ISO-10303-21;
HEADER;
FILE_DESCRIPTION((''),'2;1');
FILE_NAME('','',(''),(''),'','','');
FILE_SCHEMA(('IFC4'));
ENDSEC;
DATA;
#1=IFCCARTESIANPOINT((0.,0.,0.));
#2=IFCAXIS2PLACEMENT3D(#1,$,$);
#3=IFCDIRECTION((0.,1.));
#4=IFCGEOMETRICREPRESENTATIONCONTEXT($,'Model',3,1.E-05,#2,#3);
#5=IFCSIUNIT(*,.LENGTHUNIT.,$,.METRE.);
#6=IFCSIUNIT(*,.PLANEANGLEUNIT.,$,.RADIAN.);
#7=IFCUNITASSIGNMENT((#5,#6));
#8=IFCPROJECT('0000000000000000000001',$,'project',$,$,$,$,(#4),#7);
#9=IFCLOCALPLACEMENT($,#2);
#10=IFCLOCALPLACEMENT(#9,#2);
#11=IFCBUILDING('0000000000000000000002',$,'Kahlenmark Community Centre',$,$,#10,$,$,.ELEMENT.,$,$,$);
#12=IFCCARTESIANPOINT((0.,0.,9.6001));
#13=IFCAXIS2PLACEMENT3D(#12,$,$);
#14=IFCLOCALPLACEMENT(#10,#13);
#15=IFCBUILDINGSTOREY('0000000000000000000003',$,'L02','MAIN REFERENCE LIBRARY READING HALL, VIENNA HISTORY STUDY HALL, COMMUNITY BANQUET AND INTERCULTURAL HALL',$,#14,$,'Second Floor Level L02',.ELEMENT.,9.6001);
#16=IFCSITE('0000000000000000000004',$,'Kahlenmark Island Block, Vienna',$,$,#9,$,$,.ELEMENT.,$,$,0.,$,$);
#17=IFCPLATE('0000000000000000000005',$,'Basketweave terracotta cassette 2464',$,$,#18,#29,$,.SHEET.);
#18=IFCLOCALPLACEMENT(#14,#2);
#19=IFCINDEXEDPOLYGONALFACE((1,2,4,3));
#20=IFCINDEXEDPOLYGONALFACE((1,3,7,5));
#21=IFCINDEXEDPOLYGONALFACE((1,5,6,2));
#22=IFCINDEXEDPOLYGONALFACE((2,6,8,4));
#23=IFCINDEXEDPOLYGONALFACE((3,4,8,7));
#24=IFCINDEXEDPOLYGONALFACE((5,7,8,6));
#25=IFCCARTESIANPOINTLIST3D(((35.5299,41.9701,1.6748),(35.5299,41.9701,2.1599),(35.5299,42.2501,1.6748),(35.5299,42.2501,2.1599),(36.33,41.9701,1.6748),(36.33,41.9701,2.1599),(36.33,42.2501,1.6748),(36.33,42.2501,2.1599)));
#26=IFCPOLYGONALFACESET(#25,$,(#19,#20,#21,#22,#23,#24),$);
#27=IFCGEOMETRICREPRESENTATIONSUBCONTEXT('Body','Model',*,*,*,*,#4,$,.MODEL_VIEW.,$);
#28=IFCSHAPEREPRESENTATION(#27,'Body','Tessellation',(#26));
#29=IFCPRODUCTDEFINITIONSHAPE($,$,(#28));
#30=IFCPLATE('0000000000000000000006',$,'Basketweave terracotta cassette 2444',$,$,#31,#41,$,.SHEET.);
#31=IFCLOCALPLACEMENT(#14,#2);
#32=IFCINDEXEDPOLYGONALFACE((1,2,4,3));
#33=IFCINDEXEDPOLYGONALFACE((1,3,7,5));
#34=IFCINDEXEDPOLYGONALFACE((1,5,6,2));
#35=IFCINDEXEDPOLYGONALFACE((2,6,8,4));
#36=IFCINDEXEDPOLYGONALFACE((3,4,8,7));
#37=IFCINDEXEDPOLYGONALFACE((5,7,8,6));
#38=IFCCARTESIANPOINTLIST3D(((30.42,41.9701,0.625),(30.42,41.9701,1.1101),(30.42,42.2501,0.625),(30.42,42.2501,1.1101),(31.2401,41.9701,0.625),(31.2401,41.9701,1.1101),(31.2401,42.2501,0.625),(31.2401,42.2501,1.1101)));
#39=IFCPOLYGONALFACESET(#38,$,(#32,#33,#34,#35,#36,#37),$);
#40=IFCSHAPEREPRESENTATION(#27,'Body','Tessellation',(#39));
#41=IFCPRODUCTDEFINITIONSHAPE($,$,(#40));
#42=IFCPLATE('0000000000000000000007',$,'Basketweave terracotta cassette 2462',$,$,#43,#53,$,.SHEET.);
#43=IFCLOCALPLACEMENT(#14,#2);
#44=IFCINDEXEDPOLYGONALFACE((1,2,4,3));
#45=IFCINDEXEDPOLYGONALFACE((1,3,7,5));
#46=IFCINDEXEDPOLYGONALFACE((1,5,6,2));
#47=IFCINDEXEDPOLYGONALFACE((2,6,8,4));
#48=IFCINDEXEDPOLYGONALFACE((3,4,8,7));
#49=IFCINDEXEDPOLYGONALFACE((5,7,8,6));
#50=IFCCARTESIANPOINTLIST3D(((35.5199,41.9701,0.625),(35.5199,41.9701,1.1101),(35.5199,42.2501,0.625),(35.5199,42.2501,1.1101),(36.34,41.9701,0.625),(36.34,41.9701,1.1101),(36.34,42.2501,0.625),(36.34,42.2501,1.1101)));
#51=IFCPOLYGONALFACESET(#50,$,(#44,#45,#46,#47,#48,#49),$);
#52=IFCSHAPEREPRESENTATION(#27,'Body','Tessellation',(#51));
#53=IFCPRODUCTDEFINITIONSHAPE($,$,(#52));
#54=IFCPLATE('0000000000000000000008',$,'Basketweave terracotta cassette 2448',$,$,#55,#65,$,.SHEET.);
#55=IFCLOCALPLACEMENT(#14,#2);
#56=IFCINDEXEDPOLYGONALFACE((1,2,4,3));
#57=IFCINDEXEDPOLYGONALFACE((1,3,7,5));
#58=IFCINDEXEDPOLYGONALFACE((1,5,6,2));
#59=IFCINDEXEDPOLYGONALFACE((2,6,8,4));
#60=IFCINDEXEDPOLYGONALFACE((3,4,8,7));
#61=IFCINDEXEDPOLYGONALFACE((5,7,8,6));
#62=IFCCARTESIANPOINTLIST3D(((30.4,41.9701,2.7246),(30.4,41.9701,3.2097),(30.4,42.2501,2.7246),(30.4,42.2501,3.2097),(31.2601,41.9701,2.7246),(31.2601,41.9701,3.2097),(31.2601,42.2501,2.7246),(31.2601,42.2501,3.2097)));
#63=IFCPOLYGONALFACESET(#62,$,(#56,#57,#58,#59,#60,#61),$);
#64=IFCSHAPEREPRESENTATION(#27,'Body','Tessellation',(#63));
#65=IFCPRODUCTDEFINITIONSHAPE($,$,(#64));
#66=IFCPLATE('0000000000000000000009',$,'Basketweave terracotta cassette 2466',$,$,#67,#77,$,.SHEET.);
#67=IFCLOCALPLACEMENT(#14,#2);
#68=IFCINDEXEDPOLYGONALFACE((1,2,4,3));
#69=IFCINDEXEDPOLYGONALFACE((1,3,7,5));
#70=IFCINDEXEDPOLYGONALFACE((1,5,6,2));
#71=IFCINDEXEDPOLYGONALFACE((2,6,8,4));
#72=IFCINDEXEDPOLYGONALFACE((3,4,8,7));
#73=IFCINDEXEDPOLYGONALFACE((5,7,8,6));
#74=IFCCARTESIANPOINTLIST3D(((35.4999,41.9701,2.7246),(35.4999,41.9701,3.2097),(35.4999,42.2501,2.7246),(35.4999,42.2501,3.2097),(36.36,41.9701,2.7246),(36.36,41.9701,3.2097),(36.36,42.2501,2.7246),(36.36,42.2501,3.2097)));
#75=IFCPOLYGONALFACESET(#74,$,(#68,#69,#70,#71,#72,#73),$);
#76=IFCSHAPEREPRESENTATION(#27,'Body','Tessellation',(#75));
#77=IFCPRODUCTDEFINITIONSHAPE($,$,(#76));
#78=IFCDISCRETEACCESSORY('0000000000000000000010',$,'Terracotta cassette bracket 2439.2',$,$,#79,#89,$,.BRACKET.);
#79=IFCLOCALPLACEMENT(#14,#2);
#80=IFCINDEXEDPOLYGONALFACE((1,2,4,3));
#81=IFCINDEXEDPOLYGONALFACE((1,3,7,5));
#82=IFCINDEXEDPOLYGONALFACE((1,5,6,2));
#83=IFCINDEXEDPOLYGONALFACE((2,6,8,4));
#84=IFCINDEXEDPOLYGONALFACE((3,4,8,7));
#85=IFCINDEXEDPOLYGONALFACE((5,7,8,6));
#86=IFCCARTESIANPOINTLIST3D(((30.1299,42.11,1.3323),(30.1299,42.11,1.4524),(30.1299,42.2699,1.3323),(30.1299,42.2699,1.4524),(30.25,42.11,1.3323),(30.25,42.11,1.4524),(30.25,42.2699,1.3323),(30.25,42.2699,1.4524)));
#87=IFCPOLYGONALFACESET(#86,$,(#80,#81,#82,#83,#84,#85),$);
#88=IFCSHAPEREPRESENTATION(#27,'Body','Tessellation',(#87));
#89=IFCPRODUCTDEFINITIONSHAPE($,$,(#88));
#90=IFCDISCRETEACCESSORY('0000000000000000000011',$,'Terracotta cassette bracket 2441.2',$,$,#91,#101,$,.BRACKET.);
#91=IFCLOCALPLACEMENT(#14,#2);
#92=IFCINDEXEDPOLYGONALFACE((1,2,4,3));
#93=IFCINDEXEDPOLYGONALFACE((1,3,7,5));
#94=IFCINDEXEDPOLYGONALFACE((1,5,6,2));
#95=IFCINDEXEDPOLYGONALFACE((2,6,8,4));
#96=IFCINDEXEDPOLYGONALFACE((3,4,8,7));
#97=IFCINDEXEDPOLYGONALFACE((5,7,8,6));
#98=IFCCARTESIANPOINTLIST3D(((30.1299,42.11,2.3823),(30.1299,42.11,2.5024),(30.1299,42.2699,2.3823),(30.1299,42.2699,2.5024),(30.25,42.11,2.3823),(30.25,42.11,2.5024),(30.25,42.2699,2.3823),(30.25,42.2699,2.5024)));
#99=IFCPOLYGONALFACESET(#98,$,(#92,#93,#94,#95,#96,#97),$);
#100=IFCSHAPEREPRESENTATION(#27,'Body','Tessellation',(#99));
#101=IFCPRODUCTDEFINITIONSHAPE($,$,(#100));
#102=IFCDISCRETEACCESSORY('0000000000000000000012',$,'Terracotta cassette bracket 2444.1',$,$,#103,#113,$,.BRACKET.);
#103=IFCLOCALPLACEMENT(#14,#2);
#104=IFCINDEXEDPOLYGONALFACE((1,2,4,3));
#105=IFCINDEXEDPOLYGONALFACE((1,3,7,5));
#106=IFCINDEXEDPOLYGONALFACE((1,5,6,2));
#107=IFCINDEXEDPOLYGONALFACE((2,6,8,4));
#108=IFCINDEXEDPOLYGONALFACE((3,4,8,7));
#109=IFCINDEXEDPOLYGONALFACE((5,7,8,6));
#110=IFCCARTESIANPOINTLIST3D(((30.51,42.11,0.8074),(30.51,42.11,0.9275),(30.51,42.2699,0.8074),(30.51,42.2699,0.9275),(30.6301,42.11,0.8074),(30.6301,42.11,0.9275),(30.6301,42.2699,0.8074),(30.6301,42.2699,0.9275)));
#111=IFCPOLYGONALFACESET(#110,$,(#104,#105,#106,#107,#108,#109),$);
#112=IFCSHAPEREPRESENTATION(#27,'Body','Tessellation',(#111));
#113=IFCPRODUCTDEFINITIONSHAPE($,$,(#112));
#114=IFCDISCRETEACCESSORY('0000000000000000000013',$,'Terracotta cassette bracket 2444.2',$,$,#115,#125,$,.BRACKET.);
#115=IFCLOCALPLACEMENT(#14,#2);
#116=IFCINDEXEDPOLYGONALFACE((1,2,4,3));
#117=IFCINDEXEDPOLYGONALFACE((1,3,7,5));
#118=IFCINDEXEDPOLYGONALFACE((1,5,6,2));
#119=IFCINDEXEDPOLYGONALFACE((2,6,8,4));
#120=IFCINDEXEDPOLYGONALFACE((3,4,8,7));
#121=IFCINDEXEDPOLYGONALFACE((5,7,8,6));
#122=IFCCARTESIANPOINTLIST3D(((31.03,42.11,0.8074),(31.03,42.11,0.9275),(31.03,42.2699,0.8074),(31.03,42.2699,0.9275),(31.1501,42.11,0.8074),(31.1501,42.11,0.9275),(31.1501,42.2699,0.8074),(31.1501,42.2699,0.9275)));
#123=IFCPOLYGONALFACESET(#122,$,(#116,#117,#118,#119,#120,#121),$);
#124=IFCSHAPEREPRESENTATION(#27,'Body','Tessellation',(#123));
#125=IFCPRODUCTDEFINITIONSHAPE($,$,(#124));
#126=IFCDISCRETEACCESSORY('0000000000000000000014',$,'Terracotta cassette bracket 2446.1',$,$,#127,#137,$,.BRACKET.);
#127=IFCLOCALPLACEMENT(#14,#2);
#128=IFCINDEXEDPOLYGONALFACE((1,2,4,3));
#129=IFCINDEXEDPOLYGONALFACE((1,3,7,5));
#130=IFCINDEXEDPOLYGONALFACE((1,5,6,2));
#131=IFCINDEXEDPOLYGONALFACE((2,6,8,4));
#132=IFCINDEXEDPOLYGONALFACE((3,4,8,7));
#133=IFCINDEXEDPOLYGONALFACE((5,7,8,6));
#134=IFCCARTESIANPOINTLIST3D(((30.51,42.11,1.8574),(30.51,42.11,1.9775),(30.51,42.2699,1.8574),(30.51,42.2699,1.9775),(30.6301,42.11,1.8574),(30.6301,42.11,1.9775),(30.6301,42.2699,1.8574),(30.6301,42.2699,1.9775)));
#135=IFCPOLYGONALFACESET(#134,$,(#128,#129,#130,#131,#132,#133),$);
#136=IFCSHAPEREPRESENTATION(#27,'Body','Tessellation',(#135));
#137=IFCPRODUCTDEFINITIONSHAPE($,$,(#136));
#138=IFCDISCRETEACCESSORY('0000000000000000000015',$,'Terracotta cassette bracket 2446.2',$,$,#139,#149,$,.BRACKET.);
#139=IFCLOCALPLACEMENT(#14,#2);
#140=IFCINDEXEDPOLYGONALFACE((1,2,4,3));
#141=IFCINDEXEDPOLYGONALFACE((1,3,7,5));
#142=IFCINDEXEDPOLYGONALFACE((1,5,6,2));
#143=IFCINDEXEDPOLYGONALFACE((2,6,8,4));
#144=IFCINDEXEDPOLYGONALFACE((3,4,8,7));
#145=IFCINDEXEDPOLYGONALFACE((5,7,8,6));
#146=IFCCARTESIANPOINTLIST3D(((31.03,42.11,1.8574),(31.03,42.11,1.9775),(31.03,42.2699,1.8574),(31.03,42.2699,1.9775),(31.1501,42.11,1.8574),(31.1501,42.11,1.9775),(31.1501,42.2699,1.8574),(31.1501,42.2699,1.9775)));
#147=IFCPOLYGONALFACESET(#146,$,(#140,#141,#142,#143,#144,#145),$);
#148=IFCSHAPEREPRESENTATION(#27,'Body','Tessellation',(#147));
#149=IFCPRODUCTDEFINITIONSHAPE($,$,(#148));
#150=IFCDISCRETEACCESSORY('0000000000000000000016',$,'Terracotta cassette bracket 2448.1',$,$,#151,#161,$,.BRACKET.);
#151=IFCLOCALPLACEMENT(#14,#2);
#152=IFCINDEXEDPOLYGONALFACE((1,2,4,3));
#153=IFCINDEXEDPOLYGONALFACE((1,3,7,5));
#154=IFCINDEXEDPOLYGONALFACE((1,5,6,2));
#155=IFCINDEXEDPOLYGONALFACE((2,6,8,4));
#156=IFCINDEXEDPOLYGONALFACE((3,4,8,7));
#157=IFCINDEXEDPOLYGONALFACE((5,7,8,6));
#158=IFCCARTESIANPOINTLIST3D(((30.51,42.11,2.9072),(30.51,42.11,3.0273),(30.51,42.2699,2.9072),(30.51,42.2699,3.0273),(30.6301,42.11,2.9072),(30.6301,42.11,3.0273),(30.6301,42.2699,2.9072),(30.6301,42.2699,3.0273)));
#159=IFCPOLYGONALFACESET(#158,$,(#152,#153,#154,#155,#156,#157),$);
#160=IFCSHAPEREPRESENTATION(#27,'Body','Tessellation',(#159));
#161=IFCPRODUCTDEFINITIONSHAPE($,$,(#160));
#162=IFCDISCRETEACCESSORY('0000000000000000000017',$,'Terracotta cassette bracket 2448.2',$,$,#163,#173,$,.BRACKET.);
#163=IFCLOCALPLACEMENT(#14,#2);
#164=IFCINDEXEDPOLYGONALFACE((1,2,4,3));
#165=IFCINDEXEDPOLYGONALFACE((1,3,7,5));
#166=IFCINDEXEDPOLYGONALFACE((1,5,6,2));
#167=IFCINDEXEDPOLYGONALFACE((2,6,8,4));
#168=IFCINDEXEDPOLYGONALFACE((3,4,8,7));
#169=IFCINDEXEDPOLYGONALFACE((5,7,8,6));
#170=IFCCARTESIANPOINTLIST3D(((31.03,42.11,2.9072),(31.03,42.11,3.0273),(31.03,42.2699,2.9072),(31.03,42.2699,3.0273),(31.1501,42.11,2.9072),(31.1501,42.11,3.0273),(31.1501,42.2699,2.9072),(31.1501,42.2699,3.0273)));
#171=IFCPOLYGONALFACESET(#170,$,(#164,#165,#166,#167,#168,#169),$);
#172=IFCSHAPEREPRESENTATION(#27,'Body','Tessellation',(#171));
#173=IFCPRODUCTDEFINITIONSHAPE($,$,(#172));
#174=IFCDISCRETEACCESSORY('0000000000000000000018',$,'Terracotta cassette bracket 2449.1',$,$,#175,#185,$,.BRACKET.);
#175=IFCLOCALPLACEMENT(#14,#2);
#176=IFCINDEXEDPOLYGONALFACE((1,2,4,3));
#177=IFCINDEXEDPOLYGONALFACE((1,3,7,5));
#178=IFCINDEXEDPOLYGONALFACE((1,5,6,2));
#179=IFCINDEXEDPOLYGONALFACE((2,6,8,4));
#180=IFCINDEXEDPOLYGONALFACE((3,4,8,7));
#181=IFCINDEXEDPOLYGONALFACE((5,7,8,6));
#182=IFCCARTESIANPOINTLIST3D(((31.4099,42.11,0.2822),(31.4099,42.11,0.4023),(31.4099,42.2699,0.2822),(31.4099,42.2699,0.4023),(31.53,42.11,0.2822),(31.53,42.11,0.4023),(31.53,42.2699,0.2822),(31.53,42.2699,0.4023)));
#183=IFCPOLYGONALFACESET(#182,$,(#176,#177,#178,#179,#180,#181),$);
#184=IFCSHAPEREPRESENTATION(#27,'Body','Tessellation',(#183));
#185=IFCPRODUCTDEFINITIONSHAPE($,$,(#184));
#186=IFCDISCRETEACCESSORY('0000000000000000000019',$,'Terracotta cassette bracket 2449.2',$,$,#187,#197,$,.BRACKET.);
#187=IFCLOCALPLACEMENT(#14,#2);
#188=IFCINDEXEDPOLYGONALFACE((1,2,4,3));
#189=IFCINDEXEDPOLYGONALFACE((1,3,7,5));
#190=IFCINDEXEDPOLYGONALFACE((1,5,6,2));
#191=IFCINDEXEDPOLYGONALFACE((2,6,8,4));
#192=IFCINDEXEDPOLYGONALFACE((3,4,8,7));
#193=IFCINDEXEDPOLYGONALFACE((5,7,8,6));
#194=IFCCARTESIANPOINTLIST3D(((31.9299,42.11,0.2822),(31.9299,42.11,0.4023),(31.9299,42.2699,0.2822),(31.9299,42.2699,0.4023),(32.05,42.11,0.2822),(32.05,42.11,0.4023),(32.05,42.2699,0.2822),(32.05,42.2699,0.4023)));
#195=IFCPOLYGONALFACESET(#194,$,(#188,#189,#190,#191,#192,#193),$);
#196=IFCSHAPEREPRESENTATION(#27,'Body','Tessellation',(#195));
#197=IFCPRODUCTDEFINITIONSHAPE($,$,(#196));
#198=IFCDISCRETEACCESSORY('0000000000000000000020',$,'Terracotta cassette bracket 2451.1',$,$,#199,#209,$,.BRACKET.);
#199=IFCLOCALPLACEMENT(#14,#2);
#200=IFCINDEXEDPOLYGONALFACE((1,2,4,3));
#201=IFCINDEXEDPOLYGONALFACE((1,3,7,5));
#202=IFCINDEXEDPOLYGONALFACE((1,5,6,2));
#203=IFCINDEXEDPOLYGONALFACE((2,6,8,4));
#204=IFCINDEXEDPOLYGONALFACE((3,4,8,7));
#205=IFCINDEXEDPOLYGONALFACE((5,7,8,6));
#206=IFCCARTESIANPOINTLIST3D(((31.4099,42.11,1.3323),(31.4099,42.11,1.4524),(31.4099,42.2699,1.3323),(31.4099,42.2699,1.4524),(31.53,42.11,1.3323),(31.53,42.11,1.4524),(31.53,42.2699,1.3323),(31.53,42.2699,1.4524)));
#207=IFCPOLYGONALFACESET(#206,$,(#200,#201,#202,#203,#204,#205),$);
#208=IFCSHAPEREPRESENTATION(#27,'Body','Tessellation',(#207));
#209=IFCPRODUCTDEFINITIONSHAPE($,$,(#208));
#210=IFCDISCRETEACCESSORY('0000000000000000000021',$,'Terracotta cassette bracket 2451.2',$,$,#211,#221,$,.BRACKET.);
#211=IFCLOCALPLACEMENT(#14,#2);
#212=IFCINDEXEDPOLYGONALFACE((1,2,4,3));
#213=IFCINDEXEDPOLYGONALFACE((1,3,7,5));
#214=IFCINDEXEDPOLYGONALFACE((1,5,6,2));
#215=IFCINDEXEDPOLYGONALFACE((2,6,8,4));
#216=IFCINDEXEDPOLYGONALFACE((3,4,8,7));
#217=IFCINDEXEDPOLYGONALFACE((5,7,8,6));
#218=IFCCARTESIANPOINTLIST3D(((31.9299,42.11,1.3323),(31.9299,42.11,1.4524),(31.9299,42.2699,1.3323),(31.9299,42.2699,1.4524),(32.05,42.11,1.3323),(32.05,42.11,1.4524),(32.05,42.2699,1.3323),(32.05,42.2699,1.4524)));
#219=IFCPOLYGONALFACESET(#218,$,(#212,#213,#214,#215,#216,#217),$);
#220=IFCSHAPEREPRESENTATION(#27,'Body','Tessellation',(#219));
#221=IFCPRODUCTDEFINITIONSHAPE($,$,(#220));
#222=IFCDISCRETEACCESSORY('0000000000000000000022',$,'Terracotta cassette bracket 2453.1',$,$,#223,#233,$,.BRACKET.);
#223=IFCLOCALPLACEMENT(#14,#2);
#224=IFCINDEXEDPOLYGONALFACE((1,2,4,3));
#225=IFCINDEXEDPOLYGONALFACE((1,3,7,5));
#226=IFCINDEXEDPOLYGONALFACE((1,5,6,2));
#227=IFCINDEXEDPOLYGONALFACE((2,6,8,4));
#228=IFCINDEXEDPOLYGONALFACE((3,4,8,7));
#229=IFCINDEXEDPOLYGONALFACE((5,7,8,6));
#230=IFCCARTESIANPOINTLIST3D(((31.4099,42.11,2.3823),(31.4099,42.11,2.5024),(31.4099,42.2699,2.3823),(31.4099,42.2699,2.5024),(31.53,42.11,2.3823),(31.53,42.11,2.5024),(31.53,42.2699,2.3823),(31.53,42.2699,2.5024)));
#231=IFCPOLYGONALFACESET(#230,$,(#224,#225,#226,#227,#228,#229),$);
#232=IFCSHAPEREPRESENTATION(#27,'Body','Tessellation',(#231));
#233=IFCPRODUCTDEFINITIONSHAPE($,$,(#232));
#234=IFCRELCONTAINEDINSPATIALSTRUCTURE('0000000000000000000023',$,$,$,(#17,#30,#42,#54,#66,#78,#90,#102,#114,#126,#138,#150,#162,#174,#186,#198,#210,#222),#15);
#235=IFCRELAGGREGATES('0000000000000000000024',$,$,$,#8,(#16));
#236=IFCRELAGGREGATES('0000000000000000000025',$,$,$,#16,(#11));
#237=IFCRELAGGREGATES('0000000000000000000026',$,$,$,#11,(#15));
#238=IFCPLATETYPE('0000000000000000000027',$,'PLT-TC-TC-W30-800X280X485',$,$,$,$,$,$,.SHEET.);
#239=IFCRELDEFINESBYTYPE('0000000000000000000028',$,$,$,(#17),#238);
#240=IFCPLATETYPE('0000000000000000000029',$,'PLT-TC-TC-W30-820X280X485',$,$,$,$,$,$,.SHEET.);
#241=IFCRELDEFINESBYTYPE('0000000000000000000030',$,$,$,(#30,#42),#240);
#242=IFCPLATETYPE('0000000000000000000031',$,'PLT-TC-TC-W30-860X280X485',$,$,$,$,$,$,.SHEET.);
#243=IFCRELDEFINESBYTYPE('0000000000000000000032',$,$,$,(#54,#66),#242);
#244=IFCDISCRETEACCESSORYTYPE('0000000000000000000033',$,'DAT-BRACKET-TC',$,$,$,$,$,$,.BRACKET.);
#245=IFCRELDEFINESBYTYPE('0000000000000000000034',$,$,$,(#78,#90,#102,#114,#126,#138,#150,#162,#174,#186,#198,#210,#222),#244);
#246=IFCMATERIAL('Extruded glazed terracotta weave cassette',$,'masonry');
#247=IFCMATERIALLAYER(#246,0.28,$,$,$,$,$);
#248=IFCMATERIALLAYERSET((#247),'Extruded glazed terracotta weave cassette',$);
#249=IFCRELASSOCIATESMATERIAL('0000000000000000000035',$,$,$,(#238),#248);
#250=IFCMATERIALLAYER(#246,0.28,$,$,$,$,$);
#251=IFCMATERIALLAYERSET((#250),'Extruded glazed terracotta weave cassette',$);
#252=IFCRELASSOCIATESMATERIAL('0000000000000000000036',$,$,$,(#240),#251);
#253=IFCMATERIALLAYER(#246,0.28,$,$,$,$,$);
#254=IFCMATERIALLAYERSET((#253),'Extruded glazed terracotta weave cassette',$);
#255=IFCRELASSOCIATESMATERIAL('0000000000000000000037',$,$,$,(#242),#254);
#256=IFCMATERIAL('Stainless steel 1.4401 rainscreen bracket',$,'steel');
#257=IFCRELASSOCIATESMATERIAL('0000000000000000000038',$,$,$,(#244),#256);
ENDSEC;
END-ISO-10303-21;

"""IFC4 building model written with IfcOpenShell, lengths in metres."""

from ifc_helpers import new_model, si_unit, direction, frame, origin, origin_2d, place, context, subcontext, project, spatial, rectangle, extrude, material, layer, layer_set, type_object, element, save


model = new_model("IFC4")

# Units and contexts
model_context = context("Model", 3, precision=1e-05, world=origin(), true_north=direction((0.0, 1.0)))
body_context = subcontext(model_context, "Body", "Model", "MODEL_VIEW")
ifc_project = project(units=[si_unit("LENGTHUNIT", "METRE"), si_unit("PLANEANGLEUNIT", "RADIAN")], contexts=[model_context])

# Site, building, storey
site_placement = place(None, origin())
site = spatial("IfcSite", under=ifc_project, at=site_placement, Name="Kahlenmark Island Block, Vienna", CompositionType="ELEMENT", RefElevation=0.0)
building_placement = place(site_placement, origin())
building = spatial("IfcBuilding", under=site, at=building_placement, Name="Kahlenmark Community Centre", CompositionType="ELEMENT")
storey_placement = place(building_placement, frame((0.0, 0.0, 9.6001)))
storey = spatial("IfcBuildingStorey", under=building, at=storey_placement, Name="L02", Description="MAIN REFERENCE LIBRARY READING HALL, VIENNA HISTORY STUDY HALL, COMMUNITY BANQUET AND INTERCULTURAL HALL", LongName="Second Floor Level L02", CompositionType="ELEMENT", Elevation=9.6001)

# Plates
ifc_material_1 = material(Name="Extruded glazed terracotta weave cassette", Category="masonry")
ifc_layer_1 = layer(ifc_material_1, 0.28)
ifc_layer_set_1 = layer_set([ifc_layer_1], Name="Extruded glazed terracotta weave cassette")
plate_type_1 = type_object("IfcPlateType", Name="PLT-TC-TC-W30-800X280X485", PredefinedType="SHEET", material=ifc_layer_set_1)
for number, where, z_axis, x_axis, name in (
    (1, (35.9299, 42.1101, 1.6748), (0.0, 0.0, 1.0), (1.0, 0.0, 0.0), "Basketweave terracotta cassette 2464"),
):
    element("IfcPlate", number, at=place(storey_placement, frame(where, z_axis=z_axis, x_axis=x_axis)), inside=storey, type_object=plate_type_1, Name=name, PredefinedType="SHEET", context=body_context, shape_type="SweptSolid", body=[
        extrude(rectangle(XDim=0.8, YDim=0.28, at=origin_2d()), origin(), (0.0, 0.0, 1.0), 0.4851),
    ])
ifc_layer_2 = layer(ifc_material_1, 0.28)
ifc_layer_set_2 = layer_set([ifc_layer_2], Name="Extruded glazed terracotta weave cassette")
plate_type_2 = type_object("IfcPlateType", Name="PLT-TC-TC-W30-820X280X485", PredefinedType="SHEET", material=ifc_layer_set_2)
for number, where, z_axis, x_axis, name in (
    (2, (30.8301, 42.1101, 0.625), (0.0, 0.0, 1.0), (1.0, 0.0, 0.0), "Basketweave terracotta cassette 2444"),
    (3, (35.9299, 42.1101, 0.625), (0.0, 0.0, 1.0), (1.0, 0.0, 0.0), "Basketweave terracotta cassette 2462"),
):
    element("IfcPlate", number, at=place(storey_placement, frame(where, z_axis=z_axis, x_axis=x_axis)), inside=storey, type_object=plate_type_2, Name=name, PredefinedType="SHEET", context=body_context, shape_type="SweptSolid", body=[
        extrude(rectangle(XDim=0.8201, YDim=0.28, at=origin_2d()), origin(), (0.0, 0.0, 1.0), 0.4851),
    ])
ifc_layer_3 = layer(ifc_material_1, 0.28)
ifc_layer_set_3 = layer_set([ifc_layer_3], Name="Extruded glazed terracotta weave cassette")
plate_type_3 = type_object("IfcPlateType", Name="PLT-TC-TC-W30-860X280X485", PredefinedType="SHEET", material=ifc_layer_set_3)
for number, where, z_axis, x_axis, name in (
    (4, (30.8301, 42.1101, 2.7246), (0.0, 0.0, 1.0), (1.0, 0.0, 0.0), "Basketweave terracotta cassette 2448"),
    (5, (35.9299, 42.1101, 2.7246), (0.0, 0.0, 1.0), (1.0, 0.0, 0.0), "Basketweave terracotta cassette 2466"),
):
    element("IfcPlate", number, at=place(storey_placement, frame(where, z_axis=z_axis, x_axis=x_axis)), inside=storey, type_object=plate_type_3, Name=name, PredefinedType="SHEET", context=body_context, shape_type="SweptSolid", body=[
        extrude(rectangle(XDim=0.8601, YDim=0.28, at=origin_2d()), origin(), (0.0, 0.0, 1.0), 0.4851),
    ])

# Discrete accessories
ifc_material_2 = material(Name="Stainless steel 1.4401 rainscreen bracket", Category="steel")
discrete_accessory_type = type_object("IfcDiscreteAccessoryType", Name="DAT-BRACKET-TC", PredefinedType="BRACKET", material=ifc_material_2)
for number, where, z_axis, x_axis, name in (
    (6, (30.1899, 42.1899, 1.3323), (0.0, 0.0, 1.0), (1.0, 0.0, 0.0), "Terracotta cassette bracket 2439.2"),
    (7, (30.1899, 42.1899, 2.3823), (0.0, 0.0, 1.0), (1.0, 0.0, 0.0), "Terracotta cassette bracket 2441.2"),
    (8, (30.5701, 42.1899, 0.8074), (0.0, 0.0, 1.0), (1.0, 0.0, 0.0), "Terracotta cassette bracket 2444.1"),
    (9, (31.0901, 42.1899, 0.8074), (0.0, 0.0, 1.0), (1.0, 0.0, 0.0), "Terracotta cassette bracket 2444.2"),
    (10, (30.5701, 42.1899, 1.8574), (0.0, 0.0, 1.0), (1.0, 0.0, 0.0), "Terracotta cassette bracket 2446.1"),
    (11, (31.0901, 42.1899, 1.8574), (0.0, 0.0, 1.0), (1.0, 0.0, 0.0), "Terracotta cassette bracket 2446.2"),
    (12, (30.5701, 42.1899, 2.9072), (0.0, 0.0, 1.0), (1.0, 0.0, 0.0), "Terracotta cassette bracket 2448.1"),
    (13, (31.0901, 42.1899, 2.9072), (0.0, 0.0, 1.0), (1.0, 0.0, 0.0), "Terracotta cassette bracket 2448.2"),
    (14, (31.47, 42.1899, 0.2822), (0.0, 0.0, 1.0), (1.0, 0.0, 0.0), "Terracotta cassette bracket 2449.1"),
    (15, (31.99, 42.1899, 0.2822), (0.0, 0.0, 1.0), (1.0, 0.0, 0.0), "Terracotta cassette bracket 2449.2"),
    (16, (31.47, 42.1899, 1.3323), (0.0, 0.0, 1.0), (1.0, 0.0, 0.0), "Terracotta cassette bracket 2451.1"),
    (17, (31.99, 42.1899, 1.3323), (0.0, 0.0, 1.0), (1.0, 0.0, 0.0), "Terracotta cassette bracket 2451.2"),
    (18, (31.47, 42.1899, 2.3823), (0.0, 0.0, 1.0), (1.0, 0.0, 0.0), "Terracotta cassette bracket 2453.1"),
):
    element("IfcDiscreteAccessory", number, at=place(storey_placement, frame(where, z_axis=z_axis, x_axis=x_axis)), inside=storey, type_object=discrete_accessory_type, Name=name, PredefinedType="BRACKET", context=body_context, shape_type="SweptSolid", body=[
        extrude(rectangle(XDim=0.1201, YDim=0.1599, at=origin_2d()), origin(), (0.0, 0.0, 1.0), 0.1201),
    ])

save(model, "model.ifc")
